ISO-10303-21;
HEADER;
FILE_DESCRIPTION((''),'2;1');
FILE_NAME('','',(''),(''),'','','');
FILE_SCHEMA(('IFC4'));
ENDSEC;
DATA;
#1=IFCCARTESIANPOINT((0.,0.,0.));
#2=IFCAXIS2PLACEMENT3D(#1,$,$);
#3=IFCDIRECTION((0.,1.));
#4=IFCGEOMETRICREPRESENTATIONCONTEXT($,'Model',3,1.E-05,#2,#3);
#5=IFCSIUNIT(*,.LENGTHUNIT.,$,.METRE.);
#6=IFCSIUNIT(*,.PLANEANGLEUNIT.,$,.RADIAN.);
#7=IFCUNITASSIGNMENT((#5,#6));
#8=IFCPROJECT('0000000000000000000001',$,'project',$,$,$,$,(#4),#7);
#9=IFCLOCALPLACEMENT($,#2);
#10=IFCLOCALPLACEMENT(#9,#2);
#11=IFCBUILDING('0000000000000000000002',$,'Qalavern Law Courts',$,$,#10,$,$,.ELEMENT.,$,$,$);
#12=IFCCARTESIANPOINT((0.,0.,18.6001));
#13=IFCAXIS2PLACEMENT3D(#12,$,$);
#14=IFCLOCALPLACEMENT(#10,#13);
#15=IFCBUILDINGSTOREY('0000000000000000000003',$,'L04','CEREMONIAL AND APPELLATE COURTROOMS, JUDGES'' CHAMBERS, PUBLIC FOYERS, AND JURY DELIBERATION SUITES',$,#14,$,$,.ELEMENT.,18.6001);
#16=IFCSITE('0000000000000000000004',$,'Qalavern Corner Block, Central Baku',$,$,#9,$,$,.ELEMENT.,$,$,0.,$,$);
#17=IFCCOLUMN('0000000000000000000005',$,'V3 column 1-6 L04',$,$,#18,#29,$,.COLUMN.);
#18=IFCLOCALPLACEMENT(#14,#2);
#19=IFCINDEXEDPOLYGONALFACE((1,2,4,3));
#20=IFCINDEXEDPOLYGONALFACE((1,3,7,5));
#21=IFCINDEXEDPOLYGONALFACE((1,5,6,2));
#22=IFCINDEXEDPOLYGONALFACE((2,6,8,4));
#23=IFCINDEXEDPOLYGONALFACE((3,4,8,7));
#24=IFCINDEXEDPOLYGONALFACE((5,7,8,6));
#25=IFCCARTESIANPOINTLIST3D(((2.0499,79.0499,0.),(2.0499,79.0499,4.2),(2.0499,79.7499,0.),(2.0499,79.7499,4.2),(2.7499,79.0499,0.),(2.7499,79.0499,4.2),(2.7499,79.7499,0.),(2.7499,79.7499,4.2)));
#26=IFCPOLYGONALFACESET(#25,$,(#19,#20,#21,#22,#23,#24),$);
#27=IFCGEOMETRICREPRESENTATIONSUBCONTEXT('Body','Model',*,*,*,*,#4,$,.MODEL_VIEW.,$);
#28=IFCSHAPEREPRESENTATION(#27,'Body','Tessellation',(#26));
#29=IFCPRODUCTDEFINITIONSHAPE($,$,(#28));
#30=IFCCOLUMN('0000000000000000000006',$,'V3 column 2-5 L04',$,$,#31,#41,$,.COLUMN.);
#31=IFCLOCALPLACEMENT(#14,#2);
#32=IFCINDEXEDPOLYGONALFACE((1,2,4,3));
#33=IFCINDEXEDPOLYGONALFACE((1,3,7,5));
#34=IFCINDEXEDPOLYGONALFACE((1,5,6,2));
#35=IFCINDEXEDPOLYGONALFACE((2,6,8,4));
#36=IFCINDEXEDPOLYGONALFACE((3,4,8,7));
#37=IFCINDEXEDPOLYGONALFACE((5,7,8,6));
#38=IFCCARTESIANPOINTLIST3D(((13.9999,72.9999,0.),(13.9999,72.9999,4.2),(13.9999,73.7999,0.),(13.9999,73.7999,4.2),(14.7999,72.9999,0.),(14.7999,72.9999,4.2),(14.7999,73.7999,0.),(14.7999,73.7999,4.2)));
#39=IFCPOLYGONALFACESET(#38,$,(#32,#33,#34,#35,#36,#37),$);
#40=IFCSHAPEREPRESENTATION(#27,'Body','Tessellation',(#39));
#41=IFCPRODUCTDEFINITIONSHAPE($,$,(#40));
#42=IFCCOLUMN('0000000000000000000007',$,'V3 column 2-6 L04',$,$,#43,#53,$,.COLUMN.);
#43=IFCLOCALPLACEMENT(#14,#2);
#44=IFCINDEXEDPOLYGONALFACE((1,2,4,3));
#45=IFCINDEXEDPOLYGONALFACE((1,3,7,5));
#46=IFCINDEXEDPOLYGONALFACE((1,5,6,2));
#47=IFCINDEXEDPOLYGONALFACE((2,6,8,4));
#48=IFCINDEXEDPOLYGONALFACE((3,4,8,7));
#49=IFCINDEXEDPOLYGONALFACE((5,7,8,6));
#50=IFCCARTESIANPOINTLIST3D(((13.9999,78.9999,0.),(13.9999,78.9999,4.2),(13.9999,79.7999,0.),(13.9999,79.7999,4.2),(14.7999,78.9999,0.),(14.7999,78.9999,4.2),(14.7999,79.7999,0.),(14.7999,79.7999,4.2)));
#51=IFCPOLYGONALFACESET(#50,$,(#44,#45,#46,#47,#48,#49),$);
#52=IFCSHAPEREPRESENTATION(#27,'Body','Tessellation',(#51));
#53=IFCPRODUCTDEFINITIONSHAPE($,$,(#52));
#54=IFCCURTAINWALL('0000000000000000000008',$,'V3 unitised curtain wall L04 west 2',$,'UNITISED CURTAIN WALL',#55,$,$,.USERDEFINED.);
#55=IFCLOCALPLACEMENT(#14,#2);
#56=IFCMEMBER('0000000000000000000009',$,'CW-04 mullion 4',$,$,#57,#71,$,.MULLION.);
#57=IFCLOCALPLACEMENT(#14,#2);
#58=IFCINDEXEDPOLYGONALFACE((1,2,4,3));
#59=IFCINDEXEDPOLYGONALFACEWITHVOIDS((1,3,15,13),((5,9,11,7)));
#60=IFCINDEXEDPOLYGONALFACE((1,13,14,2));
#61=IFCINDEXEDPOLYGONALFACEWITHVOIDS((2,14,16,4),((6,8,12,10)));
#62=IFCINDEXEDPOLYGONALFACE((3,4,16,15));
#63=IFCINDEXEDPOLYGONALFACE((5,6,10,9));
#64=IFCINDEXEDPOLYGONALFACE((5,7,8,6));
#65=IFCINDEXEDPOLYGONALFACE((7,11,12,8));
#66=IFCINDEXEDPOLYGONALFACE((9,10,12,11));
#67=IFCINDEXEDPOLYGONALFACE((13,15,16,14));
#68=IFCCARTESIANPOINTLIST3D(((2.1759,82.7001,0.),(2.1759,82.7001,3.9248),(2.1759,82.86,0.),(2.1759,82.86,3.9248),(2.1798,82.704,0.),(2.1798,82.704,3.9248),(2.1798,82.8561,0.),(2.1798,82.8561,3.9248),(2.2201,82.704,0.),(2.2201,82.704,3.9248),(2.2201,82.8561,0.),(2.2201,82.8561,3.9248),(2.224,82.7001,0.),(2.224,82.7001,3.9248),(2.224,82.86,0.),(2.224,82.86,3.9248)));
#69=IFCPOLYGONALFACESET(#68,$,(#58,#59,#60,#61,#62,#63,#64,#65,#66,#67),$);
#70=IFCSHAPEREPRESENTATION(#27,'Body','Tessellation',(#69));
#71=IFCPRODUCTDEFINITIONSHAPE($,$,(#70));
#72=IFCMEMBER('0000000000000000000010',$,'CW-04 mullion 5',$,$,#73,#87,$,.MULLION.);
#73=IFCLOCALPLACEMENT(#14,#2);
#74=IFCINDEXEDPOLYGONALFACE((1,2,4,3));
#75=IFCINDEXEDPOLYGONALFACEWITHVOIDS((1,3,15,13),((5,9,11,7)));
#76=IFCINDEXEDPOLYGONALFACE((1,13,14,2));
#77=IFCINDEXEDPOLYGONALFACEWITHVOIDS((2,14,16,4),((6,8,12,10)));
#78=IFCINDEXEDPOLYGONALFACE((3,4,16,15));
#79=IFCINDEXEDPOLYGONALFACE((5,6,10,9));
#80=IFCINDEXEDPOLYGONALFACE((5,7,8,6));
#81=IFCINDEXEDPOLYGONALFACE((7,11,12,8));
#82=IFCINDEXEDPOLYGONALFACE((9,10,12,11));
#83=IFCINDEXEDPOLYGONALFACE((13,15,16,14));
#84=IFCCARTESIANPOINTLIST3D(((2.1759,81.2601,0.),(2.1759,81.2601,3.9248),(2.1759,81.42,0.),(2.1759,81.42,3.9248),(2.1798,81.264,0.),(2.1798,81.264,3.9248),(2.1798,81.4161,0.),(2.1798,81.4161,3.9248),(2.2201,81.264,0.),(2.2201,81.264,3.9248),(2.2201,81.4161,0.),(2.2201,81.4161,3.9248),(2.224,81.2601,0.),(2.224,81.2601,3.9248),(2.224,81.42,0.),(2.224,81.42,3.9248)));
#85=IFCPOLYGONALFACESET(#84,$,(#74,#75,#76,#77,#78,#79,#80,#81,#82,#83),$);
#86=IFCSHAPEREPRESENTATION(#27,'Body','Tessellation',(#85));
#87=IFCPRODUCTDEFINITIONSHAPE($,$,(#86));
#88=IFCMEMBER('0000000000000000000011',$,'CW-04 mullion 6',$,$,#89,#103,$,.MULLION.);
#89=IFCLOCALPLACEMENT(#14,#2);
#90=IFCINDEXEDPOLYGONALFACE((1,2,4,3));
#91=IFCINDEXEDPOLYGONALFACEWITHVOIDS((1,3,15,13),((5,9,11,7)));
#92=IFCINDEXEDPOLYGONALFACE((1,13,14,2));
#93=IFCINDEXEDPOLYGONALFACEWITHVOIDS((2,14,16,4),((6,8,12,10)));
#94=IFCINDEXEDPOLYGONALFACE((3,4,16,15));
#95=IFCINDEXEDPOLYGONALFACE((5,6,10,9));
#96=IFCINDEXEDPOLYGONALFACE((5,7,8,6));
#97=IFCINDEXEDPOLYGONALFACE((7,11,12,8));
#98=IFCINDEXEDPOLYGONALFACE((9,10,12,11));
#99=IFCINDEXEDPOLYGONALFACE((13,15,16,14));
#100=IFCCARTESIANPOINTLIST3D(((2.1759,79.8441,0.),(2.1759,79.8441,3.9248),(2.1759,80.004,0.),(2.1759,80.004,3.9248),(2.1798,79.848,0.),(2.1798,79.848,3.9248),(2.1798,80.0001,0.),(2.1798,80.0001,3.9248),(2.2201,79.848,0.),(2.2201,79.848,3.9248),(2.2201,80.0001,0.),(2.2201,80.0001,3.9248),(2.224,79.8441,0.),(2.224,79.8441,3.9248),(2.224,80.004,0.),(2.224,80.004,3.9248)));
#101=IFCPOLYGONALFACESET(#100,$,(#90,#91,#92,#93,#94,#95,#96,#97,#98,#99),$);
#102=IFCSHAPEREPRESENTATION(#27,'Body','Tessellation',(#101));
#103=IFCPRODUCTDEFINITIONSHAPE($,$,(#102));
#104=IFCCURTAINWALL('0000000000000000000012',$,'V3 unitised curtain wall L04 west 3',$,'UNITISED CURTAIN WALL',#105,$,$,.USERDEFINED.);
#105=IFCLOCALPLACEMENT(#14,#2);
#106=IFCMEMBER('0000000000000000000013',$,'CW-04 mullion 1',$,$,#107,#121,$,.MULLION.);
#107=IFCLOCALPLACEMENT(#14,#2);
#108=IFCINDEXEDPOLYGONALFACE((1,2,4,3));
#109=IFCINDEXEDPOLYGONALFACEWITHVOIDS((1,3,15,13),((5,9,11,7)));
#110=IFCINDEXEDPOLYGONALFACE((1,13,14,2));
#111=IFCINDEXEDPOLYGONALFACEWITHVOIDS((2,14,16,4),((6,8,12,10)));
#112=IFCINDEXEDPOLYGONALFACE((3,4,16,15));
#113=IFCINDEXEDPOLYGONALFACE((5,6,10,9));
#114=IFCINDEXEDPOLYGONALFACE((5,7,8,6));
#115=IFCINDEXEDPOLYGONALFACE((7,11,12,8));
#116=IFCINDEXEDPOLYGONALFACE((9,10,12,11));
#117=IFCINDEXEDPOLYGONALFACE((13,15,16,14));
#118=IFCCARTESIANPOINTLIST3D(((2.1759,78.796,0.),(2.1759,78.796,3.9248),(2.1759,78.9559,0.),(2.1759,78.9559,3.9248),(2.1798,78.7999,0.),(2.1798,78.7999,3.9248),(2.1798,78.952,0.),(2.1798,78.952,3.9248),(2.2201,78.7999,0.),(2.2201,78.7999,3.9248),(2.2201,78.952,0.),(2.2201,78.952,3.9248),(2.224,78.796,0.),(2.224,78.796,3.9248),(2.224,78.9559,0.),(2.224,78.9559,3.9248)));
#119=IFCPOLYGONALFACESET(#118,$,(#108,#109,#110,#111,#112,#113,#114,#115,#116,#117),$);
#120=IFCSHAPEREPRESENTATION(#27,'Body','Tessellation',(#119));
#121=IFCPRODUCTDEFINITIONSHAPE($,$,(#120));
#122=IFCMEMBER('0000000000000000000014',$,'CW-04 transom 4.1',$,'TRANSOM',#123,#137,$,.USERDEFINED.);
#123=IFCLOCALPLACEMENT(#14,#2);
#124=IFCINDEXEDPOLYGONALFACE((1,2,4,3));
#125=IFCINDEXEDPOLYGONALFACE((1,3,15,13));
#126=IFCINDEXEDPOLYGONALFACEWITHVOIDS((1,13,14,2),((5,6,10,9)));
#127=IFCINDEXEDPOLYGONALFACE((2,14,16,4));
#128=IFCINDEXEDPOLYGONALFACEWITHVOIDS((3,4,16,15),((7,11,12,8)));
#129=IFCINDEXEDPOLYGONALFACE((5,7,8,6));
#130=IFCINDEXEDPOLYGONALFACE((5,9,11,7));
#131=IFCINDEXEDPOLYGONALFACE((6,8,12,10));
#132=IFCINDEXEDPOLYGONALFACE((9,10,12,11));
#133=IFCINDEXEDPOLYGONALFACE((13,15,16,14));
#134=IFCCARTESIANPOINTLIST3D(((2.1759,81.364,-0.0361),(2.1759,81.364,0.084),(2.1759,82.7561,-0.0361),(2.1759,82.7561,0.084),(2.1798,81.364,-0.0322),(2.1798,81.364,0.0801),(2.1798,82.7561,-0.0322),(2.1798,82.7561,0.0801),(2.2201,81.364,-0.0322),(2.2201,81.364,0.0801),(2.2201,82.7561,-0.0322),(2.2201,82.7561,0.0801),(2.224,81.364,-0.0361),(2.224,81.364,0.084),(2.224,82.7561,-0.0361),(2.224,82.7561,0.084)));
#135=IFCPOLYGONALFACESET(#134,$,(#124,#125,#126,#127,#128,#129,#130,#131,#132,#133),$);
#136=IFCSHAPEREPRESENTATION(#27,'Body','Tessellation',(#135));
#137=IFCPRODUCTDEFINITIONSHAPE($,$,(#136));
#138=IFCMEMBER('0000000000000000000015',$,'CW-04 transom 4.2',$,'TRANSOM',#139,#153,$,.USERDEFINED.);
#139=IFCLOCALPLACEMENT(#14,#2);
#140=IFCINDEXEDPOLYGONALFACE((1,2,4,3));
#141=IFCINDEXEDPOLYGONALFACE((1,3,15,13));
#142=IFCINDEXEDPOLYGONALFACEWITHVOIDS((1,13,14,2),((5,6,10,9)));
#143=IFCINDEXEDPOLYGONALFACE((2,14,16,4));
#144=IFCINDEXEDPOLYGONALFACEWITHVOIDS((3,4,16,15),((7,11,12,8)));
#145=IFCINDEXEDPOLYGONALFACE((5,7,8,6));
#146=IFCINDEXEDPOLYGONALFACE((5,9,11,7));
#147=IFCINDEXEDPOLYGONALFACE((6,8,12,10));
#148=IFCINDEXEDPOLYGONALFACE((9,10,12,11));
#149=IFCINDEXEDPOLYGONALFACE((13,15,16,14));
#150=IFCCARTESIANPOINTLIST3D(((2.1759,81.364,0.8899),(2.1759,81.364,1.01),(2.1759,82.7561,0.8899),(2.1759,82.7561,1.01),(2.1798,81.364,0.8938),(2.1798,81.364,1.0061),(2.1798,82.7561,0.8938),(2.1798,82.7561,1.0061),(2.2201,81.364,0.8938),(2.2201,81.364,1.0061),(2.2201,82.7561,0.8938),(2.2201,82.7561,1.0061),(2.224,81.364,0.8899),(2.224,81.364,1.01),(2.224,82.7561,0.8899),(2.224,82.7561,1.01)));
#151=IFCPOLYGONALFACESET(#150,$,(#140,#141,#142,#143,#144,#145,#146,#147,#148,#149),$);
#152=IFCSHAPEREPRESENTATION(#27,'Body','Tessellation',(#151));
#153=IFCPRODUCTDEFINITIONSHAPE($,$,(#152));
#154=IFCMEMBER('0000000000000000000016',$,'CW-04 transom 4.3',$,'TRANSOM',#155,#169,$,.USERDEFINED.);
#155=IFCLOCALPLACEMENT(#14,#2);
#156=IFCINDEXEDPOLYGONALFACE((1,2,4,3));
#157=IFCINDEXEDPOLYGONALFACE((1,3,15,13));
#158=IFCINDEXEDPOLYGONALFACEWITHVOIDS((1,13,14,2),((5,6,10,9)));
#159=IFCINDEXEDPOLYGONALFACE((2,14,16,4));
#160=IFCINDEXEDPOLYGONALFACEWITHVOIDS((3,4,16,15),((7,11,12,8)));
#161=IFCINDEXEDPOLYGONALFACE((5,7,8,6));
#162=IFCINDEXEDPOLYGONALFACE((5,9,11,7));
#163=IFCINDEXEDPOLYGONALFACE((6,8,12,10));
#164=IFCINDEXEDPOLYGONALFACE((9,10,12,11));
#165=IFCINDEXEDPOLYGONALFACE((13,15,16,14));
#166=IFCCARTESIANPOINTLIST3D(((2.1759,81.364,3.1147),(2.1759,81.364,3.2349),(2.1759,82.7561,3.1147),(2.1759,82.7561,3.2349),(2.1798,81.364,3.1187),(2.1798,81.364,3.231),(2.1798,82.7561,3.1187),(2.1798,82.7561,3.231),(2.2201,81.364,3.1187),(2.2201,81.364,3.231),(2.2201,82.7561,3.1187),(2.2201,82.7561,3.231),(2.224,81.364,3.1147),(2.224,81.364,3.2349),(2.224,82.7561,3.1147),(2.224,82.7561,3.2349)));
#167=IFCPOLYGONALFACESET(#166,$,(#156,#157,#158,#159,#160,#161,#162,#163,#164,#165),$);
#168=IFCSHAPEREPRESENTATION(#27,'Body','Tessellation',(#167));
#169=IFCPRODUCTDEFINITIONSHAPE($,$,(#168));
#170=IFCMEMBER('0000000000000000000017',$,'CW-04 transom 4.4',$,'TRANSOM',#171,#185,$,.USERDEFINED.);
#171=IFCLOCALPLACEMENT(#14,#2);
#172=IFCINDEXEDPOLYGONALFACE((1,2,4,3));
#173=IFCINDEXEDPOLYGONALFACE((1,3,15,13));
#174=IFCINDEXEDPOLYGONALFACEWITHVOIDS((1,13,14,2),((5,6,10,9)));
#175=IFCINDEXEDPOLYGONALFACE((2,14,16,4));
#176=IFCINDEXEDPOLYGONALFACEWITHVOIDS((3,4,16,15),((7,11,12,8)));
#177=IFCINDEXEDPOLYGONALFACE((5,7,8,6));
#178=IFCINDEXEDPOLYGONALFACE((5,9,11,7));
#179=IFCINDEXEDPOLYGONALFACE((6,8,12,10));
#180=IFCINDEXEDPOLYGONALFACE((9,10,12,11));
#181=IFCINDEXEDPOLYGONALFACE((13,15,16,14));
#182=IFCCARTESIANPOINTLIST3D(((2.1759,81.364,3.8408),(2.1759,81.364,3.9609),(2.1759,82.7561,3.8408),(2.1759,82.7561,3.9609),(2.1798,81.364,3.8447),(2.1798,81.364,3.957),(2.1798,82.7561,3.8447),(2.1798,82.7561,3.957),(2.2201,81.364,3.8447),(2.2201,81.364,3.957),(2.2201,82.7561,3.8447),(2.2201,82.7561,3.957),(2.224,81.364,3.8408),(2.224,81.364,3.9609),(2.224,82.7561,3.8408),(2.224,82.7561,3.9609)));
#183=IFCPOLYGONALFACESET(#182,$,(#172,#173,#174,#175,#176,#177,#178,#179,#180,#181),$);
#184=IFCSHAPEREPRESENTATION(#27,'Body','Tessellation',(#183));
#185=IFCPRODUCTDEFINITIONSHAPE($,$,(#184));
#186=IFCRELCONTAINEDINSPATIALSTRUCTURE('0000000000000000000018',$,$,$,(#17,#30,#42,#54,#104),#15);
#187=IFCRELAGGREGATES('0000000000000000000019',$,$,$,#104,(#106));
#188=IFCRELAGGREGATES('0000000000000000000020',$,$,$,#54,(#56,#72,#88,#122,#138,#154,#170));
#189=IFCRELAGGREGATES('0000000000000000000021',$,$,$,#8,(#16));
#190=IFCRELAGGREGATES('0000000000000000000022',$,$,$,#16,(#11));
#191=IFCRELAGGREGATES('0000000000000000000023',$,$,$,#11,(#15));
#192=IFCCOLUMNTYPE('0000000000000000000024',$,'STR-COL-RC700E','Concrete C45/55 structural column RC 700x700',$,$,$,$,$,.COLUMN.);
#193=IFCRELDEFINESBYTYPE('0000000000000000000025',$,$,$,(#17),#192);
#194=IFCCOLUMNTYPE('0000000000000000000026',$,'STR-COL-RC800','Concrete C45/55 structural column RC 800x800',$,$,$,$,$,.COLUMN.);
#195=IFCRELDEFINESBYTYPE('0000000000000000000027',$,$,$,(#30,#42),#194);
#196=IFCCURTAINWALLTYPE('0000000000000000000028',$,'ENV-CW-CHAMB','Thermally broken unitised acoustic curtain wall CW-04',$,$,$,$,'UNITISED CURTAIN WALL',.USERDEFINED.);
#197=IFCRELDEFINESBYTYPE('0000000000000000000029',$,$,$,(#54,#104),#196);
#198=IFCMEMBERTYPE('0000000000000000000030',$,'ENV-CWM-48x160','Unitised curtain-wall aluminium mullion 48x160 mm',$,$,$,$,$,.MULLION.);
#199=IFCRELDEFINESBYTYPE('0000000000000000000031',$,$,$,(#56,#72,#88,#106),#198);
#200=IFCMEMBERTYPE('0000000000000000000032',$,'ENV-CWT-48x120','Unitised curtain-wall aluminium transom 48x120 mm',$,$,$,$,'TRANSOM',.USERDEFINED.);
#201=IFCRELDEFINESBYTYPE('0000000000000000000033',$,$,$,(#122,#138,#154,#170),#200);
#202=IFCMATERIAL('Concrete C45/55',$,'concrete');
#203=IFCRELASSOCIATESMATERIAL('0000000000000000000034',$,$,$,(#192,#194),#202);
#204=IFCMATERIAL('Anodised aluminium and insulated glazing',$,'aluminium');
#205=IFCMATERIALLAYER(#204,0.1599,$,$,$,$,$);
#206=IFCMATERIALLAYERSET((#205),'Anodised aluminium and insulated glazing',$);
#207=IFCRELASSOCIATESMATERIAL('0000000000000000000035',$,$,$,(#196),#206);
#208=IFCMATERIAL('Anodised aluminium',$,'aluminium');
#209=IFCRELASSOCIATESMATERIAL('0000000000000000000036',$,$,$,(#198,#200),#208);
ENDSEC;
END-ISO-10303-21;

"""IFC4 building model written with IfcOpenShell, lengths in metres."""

from ifc_helpers import new_model, si_unit, direction, frame, origin, origin_2d, place, context, subcontext, project, spatial, rectangle, hollow_rectangle, extrude, material, layer, layer_set, material_profile, profile_set, type_object, element, aggregate, save


model = new_model("IFC4")

# Units and contexts
model_context = context("Model", 3, precision=1e-05, world=origin(), true_north=direction((0.0, 1.0)))
body_context = subcontext(model_context, "Body", "Model", "MODEL_VIEW")
ifc_project = project(units=[si_unit("LENGTHUNIT", "METRE"), si_unit("PLANEANGLEUNIT", "RADIAN")], contexts=[model_context])

# Site, building, storey
site_placement = place(None, origin())
site = spatial("IfcSite", under=ifc_project, at=site_placement, Name="Qalavern Corner Block, Central Baku", CompositionType="ELEMENT", RefElevation=0.0)
building_placement = place(site_placement, origin())
building = spatial("IfcBuilding", under=site, at=building_placement, Name="Qalavern Law Courts", CompositionType="ELEMENT")
storey_placement = place(building_placement, frame((0.0, 0.0, 18.6001)))
storey = spatial("IfcBuildingStorey", under=building, at=storey_placement, Name="L04", Description="CEREMONIAL AND APPELLATE COURTROOMS, JUDGES' CHAMBERS, PUBLIC FOYERS, AND JURY DELIBERATION SUITES", CompositionType="ELEMENT", Elevation=18.6001)

# Columns
ifc_material_1 = material(Name="Concrete C45/55", Category="concrete")
ifc_material_profile_1 = material_profile(ifc_material_1, rectangle(XDim=0.7, YDim=0.7, at=origin_2d()), Name="RC 700x700")
ifc_profile_set_1 = profile_set([ifc_material_profile_1], Name="Concrete C45/55")
column_type_1 = type_object("IfcColumnType", Name="STR-COL-RC700E", Description="Concrete C45/55 structural column RC 700x700", PredefinedType="COLUMN", material=ifc_profile_set_1)
column_placement = place(storey_placement, frame((2.3999, 79.3999, 0.0), z_axis=(0.0, 0.0, 1.0), x_axis=(1.0, 0.0, 0.0)))
element("IfcColumn", 1, at=column_placement, inside=storey, type_object=column_type_1, Name="V3 column 1-6 L04", PredefinedType="COLUMN", context=body_context, shape_type="SweptSolid", body=[
    extrude(rectangle(XDim=0.7, YDim=0.7, at=origin_2d()), origin(), (0.0, 0.0, 1.0), 4.2),
])
ifc_material_profile_2 = material_profile(ifc_material_1, rectangle(XDim=0.8, YDim=0.8, at=origin_2d()), Name="RC 800x800")
ifc_profile_set_2 = profile_set([ifc_material_profile_2], Name="Concrete C45/55")
column_type_2 = type_object("IfcColumnType", Name="STR-COL-RC800", Description="Concrete C45/55 structural column RC 800x800", PredefinedType="COLUMN", material=ifc_profile_set_2)
for number, where, z_axis, x_axis, name in (
    (2, (14.3999, 73.3999, 0.0), (0.0, 0.0, 1.0), (1.0, 0.0, 0.0), "V3 column 2-5 L04"),
    (3, (14.3999, 79.3999, 0.0), (0.0, 0.0, 1.0), (1.0, 0.0, 0.0), "V3 column 2-6 L04"),
):
    element("IfcColumn", number, at=place(storey_placement, frame(where, z_axis=z_axis, x_axis=x_axis)), inside=storey, type_object=column_type_2, Name=name, PredefinedType="COLUMN", context=body_context, shape_type="SweptSolid", body=[
        extrude(rectangle(XDim=0.8, YDim=0.8, at=origin_2d()), origin(), (0.0, 0.0, 1.0), 4.2),
    ])

# Curtain wall, members
ifc_material_2 = material(Name="Anodised aluminium and insulated glazing", Category="aluminium")
ifc_layer_1 = layer(ifc_material_2, 0.1599)
ifc_layer_set_1 = layer_set([ifc_layer_1], Name="Anodised aluminium and insulated glazing")
curtain_wall_type = type_object("IfcCurtainWallType", Name="ENV-CW-CHAMB", Description="Thermally broken unitised acoustic curtain wall CW-04", ElementType="UNITISED CURTAIN WALL", PredefinedType="USERDEFINED", material=ifc_layer_set_1)
curtain_wall_1_placement = place(storey_placement, origin())
curtain_wall_1 = element("IfcCurtainWall", 4, at=curtain_wall_1_placement, inside=storey, type_object=curtain_wall_type, Name="V3 unitised curtain wall L04 west 2", ObjectType="UNITISED CURTAIN WALL", PredefinedType="USERDEFINED")
ifc_material_3 = material(Name="Anodised aluminium", Category="aluminium")
ifc_material_profile_3 = material_profile(ifc_material_3, hollow_rectangle(XDim=0.0481, YDim=0.1599, WallThickness=0.0039, at=origin_2d()), Name="ALU MULLION 48x160")
ifc_profile_set_3 = profile_set([ifc_material_profile_3], Name="Anodised aluminium")
member_type_1 = type_object("IfcMemberType", Name="ENV-CWM-48x160", Description="Unitised curtain-wall aluminium mullion 48x160 mm", PredefinedType="MULLION", material=ifc_profile_set_3)
member_1_placement = place(storey_placement, frame((2.2, 82.78, 0.0), z_axis=(0.0, 0.0, 1.0), x_axis=(1.0, 0.0, 0.0)))
member_1 = element("IfcMember", 5, at=member_1_placement, type_object=member_type_1, Name="CW-04 mullion 4", PredefinedType="MULLION", context=body_context, shape_type="SweptSolid", body=[
    extrude(hollow_rectangle(XDim=0.0481, YDim=0.1599, WallThickness=0.0039, at=origin_2d()), origin(), (0.0, 0.0, 1.0), 3.9248),
])
member_2_placement = place(storey_placement, frame((2.2, 81.3401, 0.0), z_axis=(0.0, 0.0, 1.0), x_axis=(1.0, 0.0, 0.0)))
member_2 = element("IfcMember", 6, at=member_2_placement, type_object=member_type_1, Name="CW-04 mullion 5", PredefinedType="MULLION", context=body_context, shape_type="SweptSolid", body=[
    extrude(hollow_rectangle(XDim=0.0481, YDim=0.1599, WallThickness=0.0039, at=origin_2d()), origin(), (0.0, 0.0, 1.0), 3.9248),
])
member_3_placement = place(storey_placement, frame((2.2, 79.9241, 0.0), z_axis=(0.0, 0.0, 1.0), x_axis=(1.0, 0.0, 0.0)))
member_3 = element("IfcMember", 7, at=member_3_placement, type_object=member_type_1, Name="CW-04 mullion 6", PredefinedType="MULLION", context=body_context, shape_type="SweptSolid", body=[
    extrude(hollow_rectangle(XDim=0.0481, YDim=0.1599, WallThickness=0.0039, at=origin_2d()), origin(), (0.0, 0.0, 1.0), 3.9248),
])

# Curtain wall, member
curtain_wall_2_placement = place(storey_placement, origin())
curtain_wall_2 = element("IfcCurtainWall", 8, at=curtain_wall_2_placement, inside=storey, type_object=curtain_wall_type, Name="V3 unitised curtain wall L04 west 3", ObjectType="UNITISED CURTAIN WALL", PredefinedType="USERDEFINED")
member_4_placement = place(storey_placement, frame((2.2, 78.876, 0.0), z_axis=(0.0, 0.0, 1.0), x_axis=(1.0, 0.0, 0.0)))
member_4 = element("IfcMember", 9, at=member_4_placement, type_object=member_type_1, Name="CW-04 mullion 1", PredefinedType="MULLION", context=body_context, shape_type="SweptSolid", body=[
    extrude(hollow_rectangle(XDim=0.0481, YDim=0.1599, WallThickness=0.0039, at=origin_2d()), origin(), (0.0, 0.0, 1.0), 3.9248),
])
aggregate(curtain_wall_2, [member_4])

# Members
ifc_material_profile_4 = material_profile(ifc_material_3, hollow_rectangle(XDim=0.0481, YDim=0.1201, WallThickness=0.0039, at=origin_2d()), Name="ALU TRANSOM 48x120")
ifc_profile_set_4 = profile_set([ifc_material_profile_4], Name="Anodised aluminium")
member_type_2 = type_object("IfcMemberType", Name="ENV-CWT-48x120", Description="Unitised curtain-wall aluminium transom 48x120 mm", ElementType="TRANSOM", PredefinedType="USERDEFINED", material=ifc_profile_set_4)
member_5_placement = place(storey_placement, frame((2.2, 82.7561, 0.0239), z_axis=(0.0, -1.0, 0.0), x_axis=(1.0, 0.0, 0.0)))
member_5 = element("IfcMember", 10, at=member_5_placement, type_object=member_type_2, Name="CW-04 transom 4.1", ObjectType="TRANSOM", PredefinedType="USERDEFINED", context=body_context, shape_type="SweptSolid", body=[
    extrude(hollow_rectangle(XDim=0.0481, YDim=0.1201, WallThickness=0.0039, at=origin_2d()), origin(), (0.0, 0.0, 1.0), 1.3921),
])
member_6_placement = place(storey_placement, frame((2.2, 82.7561, 0.95), z_axis=(0.0, -1.0, 0.0), x_axis=(1.0, 0.0, 0.0)))
member_6 = element("IfcMember", 11, at=member_6_placement, type_object=member_type_2, Name="CW-04 transom 4.2", ObjectType="TRANSOM", PredefinedType="USERDEFINED", context=body_context, shape_type="SweptSolid", body=[
    extrude(hollow_rectangle(XDim=0.0481, YDim=0.1201, WallThickness=0.0039, at=origin_2d()), origin(), (0.0, 0.0, 1.0), 1.3921),
])
member_7_placement = place(storey_placement, frame((2.2, 82.7561, 3.1748), z_axis=(0.0, -1.0, 0.0), x_axis=(1.0, 0.0, 0.0)))
member_7 = element("IfcMember", 12, at=member_7_placement, type_object=member_type_2, Name="CW-04 transom 4.3", ObjectType="TRANSOM", PredefinedType="USERDEFINED", context=body_context, shape_type="SweptSolid", body=[
    extrude(hollow_rectangle(XDim=0.0481, YDim=0.1201, WallThickness=0.0039, at=origin_2d()), origin(), (0.0, 0.0, 1.0), 1.3921),
])
member_8_placement = place(storey_placement, frame((2.2, 82.7561, 3.9009), z_axis=(0.0, -1.0, 0.0), x_axis=(1.0, 0.0, 0.0)))
member_8 = element("IfcMember", 13, at=member_8_placement, type_object=member_type_2, Name="CW-04 transom 4.4", ObjectType="TRANSOM", PredefinedType="USERDEFINED", context=body_context, shape_type="SweptSolid", body=[
    extrude(hollow_rectangle(XDim=0.0481, YDim=0.1201, WallThickness=0.0039, at=origin_2d()), origin(), (0.0, 0.0, 1.0), 1.3921),
])

aggregate(curtain_wall_1, [member_1, member_2, member_3, member_5, member_6, member_7, member_8])

save(model, "model.ifc")
